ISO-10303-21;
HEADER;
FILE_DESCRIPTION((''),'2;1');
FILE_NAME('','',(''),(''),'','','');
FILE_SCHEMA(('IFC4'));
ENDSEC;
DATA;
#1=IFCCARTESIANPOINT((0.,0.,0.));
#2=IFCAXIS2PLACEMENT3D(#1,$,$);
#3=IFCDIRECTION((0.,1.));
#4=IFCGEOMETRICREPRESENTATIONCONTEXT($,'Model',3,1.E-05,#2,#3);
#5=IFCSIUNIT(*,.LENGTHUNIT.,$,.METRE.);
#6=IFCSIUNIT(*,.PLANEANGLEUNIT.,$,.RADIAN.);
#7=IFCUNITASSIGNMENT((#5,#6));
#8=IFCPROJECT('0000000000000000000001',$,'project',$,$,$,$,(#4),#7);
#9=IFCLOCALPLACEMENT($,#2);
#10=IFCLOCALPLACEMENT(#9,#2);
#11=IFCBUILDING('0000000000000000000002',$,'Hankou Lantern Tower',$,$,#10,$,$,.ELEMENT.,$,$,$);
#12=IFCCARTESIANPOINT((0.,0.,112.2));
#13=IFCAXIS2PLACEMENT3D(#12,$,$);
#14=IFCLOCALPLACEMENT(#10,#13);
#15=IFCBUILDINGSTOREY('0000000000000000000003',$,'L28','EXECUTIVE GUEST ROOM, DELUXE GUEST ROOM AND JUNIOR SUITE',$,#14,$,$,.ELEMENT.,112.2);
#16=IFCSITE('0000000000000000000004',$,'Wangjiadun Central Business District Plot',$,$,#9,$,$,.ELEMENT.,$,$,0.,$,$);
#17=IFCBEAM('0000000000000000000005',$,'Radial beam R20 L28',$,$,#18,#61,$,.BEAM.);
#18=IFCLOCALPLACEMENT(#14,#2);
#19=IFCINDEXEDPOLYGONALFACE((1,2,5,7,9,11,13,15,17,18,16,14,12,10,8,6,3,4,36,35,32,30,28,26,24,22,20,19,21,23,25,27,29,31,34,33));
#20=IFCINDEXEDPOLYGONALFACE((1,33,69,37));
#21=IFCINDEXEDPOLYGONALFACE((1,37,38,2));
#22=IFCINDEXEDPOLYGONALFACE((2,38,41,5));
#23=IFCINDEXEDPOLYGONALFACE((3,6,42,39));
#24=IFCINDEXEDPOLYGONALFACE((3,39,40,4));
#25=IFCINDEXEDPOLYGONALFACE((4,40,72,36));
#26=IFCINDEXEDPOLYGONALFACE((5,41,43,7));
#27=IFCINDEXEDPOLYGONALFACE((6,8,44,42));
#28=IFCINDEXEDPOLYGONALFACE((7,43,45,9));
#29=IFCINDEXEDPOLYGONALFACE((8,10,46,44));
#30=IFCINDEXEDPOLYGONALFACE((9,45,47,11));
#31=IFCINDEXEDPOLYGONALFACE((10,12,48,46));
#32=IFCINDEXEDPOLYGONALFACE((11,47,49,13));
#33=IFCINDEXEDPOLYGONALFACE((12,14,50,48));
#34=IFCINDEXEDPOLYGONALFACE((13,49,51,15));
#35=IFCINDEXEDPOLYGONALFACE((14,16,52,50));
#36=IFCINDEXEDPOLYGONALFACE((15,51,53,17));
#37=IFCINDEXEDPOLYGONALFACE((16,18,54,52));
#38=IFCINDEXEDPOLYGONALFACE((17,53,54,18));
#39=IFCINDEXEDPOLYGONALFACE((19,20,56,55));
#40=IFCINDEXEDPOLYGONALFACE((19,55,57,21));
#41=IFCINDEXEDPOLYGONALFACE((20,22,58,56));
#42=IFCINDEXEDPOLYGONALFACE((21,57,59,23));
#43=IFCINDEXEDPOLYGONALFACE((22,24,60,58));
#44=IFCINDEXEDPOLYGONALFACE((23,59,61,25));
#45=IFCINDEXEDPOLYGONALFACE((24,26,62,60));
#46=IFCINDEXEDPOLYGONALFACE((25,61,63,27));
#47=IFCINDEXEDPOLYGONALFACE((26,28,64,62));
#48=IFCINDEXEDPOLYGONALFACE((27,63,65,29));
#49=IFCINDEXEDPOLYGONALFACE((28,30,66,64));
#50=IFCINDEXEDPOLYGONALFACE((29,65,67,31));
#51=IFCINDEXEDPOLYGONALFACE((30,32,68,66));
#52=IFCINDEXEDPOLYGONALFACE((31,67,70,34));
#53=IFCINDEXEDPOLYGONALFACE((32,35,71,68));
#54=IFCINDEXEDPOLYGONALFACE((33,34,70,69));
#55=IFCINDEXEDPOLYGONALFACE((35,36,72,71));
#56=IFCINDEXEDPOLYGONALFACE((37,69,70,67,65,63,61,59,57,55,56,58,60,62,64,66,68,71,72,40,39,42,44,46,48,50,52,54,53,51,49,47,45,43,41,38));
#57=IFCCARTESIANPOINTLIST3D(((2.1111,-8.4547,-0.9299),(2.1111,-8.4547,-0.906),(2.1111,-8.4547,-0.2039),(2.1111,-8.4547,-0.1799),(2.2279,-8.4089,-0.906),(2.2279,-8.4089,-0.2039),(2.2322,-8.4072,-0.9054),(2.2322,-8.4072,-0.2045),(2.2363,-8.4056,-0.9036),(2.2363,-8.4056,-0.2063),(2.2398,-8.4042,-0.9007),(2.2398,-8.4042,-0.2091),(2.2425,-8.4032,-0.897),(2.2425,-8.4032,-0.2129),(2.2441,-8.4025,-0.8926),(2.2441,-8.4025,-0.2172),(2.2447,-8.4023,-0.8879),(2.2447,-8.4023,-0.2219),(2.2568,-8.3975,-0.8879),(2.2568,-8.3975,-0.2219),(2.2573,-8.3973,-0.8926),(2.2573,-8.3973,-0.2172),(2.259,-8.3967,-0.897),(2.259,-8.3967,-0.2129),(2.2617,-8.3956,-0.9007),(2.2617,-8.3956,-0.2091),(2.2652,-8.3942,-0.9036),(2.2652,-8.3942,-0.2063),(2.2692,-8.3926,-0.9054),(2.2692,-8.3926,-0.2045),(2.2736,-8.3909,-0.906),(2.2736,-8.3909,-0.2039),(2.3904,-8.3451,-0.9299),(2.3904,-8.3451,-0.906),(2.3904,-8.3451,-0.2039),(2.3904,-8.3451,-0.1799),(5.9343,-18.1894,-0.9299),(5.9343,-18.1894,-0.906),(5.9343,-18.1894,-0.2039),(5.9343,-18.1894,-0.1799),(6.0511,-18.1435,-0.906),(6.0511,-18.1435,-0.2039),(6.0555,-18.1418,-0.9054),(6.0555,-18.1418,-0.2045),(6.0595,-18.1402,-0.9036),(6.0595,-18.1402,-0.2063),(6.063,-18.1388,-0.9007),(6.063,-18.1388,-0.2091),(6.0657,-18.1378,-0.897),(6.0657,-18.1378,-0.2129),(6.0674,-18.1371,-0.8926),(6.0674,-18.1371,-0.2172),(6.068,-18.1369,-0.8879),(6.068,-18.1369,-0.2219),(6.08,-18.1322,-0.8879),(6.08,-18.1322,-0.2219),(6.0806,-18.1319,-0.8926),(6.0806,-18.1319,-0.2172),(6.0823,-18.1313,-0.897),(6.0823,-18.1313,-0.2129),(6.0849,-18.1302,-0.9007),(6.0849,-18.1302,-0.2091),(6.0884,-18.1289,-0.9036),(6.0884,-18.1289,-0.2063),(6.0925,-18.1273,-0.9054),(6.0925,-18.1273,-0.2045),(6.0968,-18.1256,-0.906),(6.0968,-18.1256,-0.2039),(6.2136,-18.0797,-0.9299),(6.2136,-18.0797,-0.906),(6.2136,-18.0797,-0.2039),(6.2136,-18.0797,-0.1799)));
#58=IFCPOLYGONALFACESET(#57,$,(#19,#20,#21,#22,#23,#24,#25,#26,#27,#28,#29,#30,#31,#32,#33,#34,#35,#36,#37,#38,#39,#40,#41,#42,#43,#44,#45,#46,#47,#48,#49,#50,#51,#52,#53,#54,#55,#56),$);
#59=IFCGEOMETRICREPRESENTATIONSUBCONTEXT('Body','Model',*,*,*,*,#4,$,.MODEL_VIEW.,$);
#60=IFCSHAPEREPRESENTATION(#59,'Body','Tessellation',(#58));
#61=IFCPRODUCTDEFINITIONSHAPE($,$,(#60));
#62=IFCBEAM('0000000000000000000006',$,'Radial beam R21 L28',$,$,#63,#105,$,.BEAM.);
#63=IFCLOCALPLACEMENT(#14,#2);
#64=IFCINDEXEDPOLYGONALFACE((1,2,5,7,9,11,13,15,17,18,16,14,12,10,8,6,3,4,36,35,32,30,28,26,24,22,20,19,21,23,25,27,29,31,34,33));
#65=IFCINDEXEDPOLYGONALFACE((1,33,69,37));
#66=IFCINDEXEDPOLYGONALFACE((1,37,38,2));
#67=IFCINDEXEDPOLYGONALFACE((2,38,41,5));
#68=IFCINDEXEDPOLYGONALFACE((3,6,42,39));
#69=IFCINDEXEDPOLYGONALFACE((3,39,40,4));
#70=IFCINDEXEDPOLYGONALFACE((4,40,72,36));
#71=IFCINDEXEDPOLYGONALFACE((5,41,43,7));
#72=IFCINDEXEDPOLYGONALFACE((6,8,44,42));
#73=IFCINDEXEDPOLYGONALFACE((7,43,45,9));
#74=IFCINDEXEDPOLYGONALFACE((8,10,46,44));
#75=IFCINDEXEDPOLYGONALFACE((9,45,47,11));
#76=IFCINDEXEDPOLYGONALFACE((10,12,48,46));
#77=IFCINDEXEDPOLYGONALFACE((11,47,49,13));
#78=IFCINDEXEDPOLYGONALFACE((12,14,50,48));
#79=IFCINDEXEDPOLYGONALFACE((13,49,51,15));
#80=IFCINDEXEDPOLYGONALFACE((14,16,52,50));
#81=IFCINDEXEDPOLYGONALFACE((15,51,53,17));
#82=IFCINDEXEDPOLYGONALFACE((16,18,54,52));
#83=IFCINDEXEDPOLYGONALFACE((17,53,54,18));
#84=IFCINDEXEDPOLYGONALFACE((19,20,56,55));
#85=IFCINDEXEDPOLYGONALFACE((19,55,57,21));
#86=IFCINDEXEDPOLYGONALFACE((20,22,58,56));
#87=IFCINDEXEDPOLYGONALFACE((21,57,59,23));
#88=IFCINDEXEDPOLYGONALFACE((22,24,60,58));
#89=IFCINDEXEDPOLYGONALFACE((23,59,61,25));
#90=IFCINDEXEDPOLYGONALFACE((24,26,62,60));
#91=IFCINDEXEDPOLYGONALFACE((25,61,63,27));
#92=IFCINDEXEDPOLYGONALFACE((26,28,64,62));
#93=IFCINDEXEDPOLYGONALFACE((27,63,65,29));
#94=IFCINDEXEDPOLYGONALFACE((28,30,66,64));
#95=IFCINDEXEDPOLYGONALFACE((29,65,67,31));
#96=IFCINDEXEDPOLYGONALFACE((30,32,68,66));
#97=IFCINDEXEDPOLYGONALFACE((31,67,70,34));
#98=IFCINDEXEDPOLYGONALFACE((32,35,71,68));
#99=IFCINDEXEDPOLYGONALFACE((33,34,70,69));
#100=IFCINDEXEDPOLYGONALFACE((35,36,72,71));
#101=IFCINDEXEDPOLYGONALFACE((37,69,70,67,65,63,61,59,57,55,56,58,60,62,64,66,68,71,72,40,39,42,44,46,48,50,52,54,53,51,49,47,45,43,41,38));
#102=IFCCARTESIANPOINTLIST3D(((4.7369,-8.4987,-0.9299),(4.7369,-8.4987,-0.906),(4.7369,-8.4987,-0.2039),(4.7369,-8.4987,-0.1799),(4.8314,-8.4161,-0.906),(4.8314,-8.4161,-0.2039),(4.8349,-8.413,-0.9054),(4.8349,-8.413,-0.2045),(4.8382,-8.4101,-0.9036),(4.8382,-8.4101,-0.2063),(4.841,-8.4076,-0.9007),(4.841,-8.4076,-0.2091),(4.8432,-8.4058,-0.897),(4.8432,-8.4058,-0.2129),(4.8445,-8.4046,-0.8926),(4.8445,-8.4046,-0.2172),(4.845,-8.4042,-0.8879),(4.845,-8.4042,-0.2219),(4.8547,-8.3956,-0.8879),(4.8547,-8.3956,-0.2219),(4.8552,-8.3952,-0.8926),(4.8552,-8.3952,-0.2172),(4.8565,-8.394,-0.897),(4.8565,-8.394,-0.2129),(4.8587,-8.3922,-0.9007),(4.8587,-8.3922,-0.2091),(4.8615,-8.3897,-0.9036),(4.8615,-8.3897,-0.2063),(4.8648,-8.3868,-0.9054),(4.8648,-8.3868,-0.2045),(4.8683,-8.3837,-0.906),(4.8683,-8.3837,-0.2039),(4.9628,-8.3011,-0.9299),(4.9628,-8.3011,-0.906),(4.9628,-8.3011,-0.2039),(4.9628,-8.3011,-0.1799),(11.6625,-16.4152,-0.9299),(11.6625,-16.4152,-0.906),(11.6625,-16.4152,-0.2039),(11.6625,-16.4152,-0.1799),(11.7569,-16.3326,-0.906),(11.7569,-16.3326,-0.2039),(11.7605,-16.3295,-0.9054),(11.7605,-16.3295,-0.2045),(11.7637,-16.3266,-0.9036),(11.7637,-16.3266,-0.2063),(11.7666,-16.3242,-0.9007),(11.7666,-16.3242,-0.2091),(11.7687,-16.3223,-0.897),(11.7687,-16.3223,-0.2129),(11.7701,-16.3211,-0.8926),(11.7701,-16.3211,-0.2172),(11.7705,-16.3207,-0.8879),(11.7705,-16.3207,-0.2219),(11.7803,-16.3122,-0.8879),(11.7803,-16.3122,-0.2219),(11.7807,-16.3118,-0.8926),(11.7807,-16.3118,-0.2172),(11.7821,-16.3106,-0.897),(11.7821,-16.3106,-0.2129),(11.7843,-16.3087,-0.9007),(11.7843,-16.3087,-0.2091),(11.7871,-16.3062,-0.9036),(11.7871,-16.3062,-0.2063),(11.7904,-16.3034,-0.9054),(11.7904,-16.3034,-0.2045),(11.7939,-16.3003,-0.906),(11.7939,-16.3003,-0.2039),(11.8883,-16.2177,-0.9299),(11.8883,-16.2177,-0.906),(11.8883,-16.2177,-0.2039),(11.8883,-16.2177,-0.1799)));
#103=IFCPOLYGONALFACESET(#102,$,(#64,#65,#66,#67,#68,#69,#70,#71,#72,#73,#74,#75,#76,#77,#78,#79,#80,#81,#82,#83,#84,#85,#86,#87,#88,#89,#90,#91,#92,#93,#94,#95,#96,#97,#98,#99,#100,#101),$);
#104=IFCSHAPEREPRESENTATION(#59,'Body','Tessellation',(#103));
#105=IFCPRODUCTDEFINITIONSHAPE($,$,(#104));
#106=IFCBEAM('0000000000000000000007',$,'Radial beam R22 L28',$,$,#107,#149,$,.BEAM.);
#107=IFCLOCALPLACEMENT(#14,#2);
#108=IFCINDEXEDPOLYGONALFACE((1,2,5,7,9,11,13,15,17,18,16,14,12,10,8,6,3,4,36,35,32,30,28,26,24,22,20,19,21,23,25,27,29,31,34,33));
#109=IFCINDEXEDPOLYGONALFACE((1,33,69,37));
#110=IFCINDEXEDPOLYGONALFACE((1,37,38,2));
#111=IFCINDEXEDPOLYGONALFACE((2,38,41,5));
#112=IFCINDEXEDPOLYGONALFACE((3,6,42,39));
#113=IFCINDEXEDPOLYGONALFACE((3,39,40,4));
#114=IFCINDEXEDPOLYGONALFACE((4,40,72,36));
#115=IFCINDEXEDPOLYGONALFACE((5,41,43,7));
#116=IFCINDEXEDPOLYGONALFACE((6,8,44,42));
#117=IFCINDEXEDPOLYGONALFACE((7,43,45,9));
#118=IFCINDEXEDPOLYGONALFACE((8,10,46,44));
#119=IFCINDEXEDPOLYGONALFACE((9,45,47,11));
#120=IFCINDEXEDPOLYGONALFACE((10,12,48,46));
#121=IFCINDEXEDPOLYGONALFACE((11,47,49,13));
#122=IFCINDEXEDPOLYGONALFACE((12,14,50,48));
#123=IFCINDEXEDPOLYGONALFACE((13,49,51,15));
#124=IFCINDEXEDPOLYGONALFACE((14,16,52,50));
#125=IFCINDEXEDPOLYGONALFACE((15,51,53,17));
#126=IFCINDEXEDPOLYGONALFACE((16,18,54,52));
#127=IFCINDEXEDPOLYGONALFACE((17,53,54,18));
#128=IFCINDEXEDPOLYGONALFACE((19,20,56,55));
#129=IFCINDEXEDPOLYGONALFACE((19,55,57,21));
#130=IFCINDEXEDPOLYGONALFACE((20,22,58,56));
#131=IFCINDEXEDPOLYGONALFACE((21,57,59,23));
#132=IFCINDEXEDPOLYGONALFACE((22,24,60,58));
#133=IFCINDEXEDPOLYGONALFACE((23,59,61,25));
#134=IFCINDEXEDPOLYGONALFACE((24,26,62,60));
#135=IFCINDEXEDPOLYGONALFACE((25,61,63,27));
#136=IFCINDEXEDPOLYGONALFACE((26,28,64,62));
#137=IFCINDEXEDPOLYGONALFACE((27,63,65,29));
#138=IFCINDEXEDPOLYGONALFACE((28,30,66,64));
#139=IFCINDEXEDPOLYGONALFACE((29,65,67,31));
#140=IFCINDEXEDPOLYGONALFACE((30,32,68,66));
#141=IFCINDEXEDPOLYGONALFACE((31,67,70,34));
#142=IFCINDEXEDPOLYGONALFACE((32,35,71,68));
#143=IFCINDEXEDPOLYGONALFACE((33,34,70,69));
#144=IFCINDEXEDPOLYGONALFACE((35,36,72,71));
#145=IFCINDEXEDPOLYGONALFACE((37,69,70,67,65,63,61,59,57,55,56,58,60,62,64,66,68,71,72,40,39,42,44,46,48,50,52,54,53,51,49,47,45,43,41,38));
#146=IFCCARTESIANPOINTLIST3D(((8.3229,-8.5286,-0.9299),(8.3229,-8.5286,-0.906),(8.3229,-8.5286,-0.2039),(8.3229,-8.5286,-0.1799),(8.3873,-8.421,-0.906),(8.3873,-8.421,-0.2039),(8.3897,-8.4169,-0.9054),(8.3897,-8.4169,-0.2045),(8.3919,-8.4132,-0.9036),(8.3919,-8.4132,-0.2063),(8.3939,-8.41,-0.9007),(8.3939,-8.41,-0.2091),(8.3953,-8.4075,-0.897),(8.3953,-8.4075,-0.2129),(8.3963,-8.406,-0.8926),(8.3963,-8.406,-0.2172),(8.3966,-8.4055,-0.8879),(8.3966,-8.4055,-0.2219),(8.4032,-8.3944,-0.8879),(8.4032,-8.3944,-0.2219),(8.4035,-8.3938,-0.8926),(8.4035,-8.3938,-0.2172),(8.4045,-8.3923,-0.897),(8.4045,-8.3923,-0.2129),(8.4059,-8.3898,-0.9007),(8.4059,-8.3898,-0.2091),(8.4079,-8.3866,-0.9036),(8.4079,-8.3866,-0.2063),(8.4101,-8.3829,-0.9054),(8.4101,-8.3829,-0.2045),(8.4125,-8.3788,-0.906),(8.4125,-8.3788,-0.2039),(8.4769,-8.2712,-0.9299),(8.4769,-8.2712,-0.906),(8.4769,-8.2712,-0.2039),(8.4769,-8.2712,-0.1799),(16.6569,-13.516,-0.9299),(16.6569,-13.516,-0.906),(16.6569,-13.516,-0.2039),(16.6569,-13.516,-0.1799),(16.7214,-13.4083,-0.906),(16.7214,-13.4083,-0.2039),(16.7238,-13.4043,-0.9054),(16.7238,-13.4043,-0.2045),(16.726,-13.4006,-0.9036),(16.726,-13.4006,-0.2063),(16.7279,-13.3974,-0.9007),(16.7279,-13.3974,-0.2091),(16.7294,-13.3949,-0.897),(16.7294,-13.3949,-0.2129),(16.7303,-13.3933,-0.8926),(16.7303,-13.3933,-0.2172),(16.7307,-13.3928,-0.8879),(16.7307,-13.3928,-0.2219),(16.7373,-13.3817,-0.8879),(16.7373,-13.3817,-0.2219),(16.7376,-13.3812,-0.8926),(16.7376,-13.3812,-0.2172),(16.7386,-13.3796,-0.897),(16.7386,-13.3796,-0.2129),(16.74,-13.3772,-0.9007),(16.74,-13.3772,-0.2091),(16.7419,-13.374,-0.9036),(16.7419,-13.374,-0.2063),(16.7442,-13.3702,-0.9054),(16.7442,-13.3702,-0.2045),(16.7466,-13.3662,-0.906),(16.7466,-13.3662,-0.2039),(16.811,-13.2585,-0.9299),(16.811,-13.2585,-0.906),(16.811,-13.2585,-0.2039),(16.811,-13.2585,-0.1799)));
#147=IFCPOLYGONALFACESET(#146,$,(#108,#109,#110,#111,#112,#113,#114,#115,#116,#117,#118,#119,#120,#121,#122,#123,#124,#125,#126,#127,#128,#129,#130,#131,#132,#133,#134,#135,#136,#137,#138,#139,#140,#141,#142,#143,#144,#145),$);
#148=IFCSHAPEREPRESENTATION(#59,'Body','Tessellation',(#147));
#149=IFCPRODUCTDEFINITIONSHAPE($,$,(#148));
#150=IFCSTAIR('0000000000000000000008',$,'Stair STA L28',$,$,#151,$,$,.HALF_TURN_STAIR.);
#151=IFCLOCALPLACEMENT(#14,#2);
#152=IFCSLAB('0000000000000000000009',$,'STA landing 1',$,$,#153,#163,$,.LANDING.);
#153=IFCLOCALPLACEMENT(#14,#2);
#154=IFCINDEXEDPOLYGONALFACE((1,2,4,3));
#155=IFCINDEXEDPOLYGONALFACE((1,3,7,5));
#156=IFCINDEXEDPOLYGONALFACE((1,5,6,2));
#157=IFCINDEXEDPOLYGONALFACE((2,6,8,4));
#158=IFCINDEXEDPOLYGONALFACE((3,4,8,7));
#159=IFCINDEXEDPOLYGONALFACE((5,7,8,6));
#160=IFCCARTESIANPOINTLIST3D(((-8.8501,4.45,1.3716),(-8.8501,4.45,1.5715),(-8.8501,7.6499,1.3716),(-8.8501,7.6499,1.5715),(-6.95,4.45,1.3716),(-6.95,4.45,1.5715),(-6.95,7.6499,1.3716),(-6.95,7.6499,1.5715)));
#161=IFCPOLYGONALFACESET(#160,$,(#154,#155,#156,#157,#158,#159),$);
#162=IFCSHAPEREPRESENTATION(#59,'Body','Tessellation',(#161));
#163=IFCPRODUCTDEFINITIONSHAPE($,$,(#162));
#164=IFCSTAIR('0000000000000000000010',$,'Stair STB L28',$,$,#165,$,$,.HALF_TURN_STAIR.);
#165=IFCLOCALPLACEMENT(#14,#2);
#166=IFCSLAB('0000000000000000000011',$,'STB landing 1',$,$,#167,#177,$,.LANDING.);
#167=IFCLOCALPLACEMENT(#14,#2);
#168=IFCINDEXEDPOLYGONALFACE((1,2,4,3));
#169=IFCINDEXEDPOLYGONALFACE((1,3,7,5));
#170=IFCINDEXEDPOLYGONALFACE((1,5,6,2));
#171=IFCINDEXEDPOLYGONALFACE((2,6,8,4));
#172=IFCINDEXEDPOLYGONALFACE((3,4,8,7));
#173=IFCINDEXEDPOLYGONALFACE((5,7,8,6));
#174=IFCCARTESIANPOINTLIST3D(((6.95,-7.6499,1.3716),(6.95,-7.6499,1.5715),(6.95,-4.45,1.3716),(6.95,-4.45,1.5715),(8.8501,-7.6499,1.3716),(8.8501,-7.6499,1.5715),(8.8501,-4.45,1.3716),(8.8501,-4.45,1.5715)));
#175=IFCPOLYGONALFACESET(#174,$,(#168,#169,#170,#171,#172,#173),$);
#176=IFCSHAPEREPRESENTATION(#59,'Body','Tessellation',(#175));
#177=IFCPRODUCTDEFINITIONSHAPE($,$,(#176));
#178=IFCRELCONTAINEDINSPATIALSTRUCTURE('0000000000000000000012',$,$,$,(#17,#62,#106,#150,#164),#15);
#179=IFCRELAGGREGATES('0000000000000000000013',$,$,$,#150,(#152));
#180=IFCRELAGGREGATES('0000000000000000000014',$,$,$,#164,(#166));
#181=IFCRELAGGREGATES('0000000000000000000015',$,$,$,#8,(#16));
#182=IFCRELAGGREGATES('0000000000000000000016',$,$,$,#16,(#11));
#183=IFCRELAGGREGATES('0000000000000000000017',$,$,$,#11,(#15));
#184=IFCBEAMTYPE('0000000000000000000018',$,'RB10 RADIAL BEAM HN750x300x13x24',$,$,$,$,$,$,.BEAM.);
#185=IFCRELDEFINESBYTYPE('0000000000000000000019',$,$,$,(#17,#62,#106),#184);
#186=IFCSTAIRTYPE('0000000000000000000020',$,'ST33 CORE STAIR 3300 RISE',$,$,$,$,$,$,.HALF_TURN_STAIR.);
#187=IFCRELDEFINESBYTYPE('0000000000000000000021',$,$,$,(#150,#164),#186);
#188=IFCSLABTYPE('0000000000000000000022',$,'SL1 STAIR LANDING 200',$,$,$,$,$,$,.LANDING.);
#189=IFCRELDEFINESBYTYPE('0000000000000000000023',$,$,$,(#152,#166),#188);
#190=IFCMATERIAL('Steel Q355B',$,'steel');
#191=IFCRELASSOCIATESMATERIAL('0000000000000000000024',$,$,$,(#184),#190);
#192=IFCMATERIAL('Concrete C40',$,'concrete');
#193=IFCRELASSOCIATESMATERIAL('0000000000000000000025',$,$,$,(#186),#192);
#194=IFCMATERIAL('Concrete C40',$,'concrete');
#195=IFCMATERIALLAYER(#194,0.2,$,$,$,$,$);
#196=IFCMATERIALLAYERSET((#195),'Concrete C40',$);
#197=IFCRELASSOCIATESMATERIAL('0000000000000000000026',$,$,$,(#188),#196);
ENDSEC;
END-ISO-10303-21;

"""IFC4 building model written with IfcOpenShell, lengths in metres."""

from ifc_helpers import new_model, si_unit, direction, frame, origin, origin_2d, place, context, subcontext, project, spatial, polyline, i_section, outline, extrude, material, layer, layer_set, material_profile, profile_set, type_object, element, aggregate, save


model = new_model("IFC4")

# Units and contexts
model_context = context("Model", 3, precision=1e-05, world=origin(), true_north=direction((0.0, 1.0)))
body_context = subcontext(model_context, "Body", "Model", "MODEL_VIEW")
ifc_project = project(units=[si_unit("LENGTHUNIT", "METRE"), si_unit("PLANEANGLEUNIT", "RADIAN")], contexts=[model_context])

# Site, building, storey
site_placement = place(None, origin())
site = spatial("IfcSite", under=ifc_project, at=site_placement, Name="Wangjiadun Central Business District Plot", CompositionType="ELEMENT", RefElevation=0.0)
building_placement = place(site_placement, origin())
building = spatial("IfcBuilding", under=site, at=building_placement, Name="Hankou Lantern Tower", CompositionType="ELEMENT")
storey_placement = place(building_placement, frame((0.0, 0.0, 112.2)))
storey = spatial("IfcBuildingStorey", under=building, at=storey_placement, Name="L28", Description="EXECUTIVE GUEST ROOM, DELUXE GUEST ROOM AND JUNIOR SUITE", CompositionType="ELEMENT", Elevation=112.2)

# Beams
ifc_material_1 = material(Name="Steel Q355B", Category="steel")
ifc_material_profile = material_profile(ifc_material_1, i_section(OverallWidth=0.3, OverallDepth=0.75, WebThickness=0.0129, FlangeThickness=0.0239, FilletRadius=0.0181, at=origin_2d()), Name="HN750x300x13x24")
ifc_profile_set = profile_set([ifc_material_profile], Name="Steel Q355B")
beam_type = type_object("IfcBeamType", Name="RB10 RADIAL BEAM HN750x300x13x24", PredefinedType="BEAM", material=ifc_profile_set)
beam_1_placement = place(storey_placement, frame((2.2507, -8.3999, -0.5549), z_axis=(0.365564, -0.930786, 0.0), x_axis=(0.930786, 0.365564, 0.0)))
element("IfcBeam", 1, at=beam_1_placement, inside=storey, type_object=beam_type, Name="Radial beam R20 L28", PredefinedType="BEAM", context=body_context, shape_type="SweptSolid", body=[
    extrude(i_section(OverallWidth=0.3, OverallDepth=0.75, WebThickness=0.0129, FlangeThickness=0.0239, FilletRadius=0.0181, at=origin_2d()), origin(), (0.0, 0.0, 1.0), 10.4585),
])
beam_2_placement = place(storey_placement, frame((4.8499, -8.3999, -0.5549), z_axis=(0.658429, -0.752643, 0.0), x_axis=(0.752643, 0.658429, 0.0)))
element("IfcBeam", 2, at=beam_2_placement, inside=storey, type_object=beam_type, Name="Radial beam R21 L28", PredefinedType="BEAM", context=body_context, shape_type="SweptSolid", body=[
    extrude(i_section(OverallWidth=0.3, OverallDepth=0.75, WebThickness=0.0129, FlangeThickness=0.0239, FilletRadius=0.0181, at=origin_2d()), origin(), (0.0, 0.0, 1.0), 10.5183),
])
beam_3_placement = place(storey_placement, frame((8.3999, -8.3999, -0.5549), z_axis=(0.858087, -0.513505, 0.0), x_axis=(0.513505, 0.858087, 0.0)))
element("IfcBeam", 3, at=beam_3_placement, inside=storey, type_object=beam_type, Name="Radial beam R22 L28", PredefinedType="BEAM", context=body_context, shape_type="SweptSolid", body=[
    extrude(i_section(OverallWidth=0.3, OverallDepth=0.75, WebThickness=0.0129, FlangeThickness=0.0239, FilletRadius=0.0181, at=origin_2d()), origin(), (0.0, 0.0, 1.0), 9.7124),
])

# Stairs, slabs
ifc_material_2 = material(Name="Concrete C40", Category="concrete")
stair_type = type_object("IfcStairType", Name="ST33 CORE STAIR 3300 RISE", PredefinedType="HALF_TURN_STAIR", material=ifc_material_2)
stair_1_placement = place(storey_placement, origin())
stair_1 = element("IfcStair", 4, at=stair_1_placement, inside=storey, type_object=stair_type, Name="Stair STA L28", PredefinedType="HALF_TURN_STAIR")
ifc_material_3 = material(Name="Concrete C40", Category="concrete")
ifc_layer_1 = layer(ifc_material_3, 0.2)
ifc_layer_set_1 = layer_set([ifc_layer_1], Name="Concrete C40")
slab_type = type_object("IfcSlabType", Name="SL1 STAIR LANDING 200", PredefinedType="LANDING", material=ifc_layer_set_1)
slab_1_placement = place(storey_placement, frame((0.0, 0.0, 1.3716)))
slab_1 = element("IfcSlab", 5, at=slab_1_placement, type_object=slab_type, Name="STA landing 1", PredefinedType="LANDING", context=body_context, shape_type="SweptSolid", body=[
    extrude(outline(polyline([(-8.8501, 4.45), (-6.95, 4.45), (-6.95, 7.6499), (-8.8501, 7.6499), (-8.8501, 4.45)])), origin(), (0.0, 0.0, 1.0), 0.2),
])
aggregate(stair_1, [slab_1])
stair_2_placement = place(storey_placement, origin())
stair_2 = element("IfcStair", 6, at=stair_2_placement, inside=storey, type_object=stair_type, Name="Stair STB L28", PredefinedType="HALF_TURN_STAIR")
slab_2_placement = place(storey_placement, frame((0.0, 0.0, 1.3716)))
slab_2 = element("IfcSlab", 7, at=slab_2_placement, type_object=slab_type, Name="STB landing 1", PredefinedType="LANDING", context=body_context, shape_type="SweptSolid", body=[
    extrude(outline(polyline([(8.8501, -4.45), (6.95, -4.45), (6.95, -7.6499), (8.8501, -7.6499), (8.8501, -4.45)])), origin(), (0.0, 0.0, 1.0), 0.2),
])

aggregate(stair_2, [slab_2])

save(model, "model.ifc")
